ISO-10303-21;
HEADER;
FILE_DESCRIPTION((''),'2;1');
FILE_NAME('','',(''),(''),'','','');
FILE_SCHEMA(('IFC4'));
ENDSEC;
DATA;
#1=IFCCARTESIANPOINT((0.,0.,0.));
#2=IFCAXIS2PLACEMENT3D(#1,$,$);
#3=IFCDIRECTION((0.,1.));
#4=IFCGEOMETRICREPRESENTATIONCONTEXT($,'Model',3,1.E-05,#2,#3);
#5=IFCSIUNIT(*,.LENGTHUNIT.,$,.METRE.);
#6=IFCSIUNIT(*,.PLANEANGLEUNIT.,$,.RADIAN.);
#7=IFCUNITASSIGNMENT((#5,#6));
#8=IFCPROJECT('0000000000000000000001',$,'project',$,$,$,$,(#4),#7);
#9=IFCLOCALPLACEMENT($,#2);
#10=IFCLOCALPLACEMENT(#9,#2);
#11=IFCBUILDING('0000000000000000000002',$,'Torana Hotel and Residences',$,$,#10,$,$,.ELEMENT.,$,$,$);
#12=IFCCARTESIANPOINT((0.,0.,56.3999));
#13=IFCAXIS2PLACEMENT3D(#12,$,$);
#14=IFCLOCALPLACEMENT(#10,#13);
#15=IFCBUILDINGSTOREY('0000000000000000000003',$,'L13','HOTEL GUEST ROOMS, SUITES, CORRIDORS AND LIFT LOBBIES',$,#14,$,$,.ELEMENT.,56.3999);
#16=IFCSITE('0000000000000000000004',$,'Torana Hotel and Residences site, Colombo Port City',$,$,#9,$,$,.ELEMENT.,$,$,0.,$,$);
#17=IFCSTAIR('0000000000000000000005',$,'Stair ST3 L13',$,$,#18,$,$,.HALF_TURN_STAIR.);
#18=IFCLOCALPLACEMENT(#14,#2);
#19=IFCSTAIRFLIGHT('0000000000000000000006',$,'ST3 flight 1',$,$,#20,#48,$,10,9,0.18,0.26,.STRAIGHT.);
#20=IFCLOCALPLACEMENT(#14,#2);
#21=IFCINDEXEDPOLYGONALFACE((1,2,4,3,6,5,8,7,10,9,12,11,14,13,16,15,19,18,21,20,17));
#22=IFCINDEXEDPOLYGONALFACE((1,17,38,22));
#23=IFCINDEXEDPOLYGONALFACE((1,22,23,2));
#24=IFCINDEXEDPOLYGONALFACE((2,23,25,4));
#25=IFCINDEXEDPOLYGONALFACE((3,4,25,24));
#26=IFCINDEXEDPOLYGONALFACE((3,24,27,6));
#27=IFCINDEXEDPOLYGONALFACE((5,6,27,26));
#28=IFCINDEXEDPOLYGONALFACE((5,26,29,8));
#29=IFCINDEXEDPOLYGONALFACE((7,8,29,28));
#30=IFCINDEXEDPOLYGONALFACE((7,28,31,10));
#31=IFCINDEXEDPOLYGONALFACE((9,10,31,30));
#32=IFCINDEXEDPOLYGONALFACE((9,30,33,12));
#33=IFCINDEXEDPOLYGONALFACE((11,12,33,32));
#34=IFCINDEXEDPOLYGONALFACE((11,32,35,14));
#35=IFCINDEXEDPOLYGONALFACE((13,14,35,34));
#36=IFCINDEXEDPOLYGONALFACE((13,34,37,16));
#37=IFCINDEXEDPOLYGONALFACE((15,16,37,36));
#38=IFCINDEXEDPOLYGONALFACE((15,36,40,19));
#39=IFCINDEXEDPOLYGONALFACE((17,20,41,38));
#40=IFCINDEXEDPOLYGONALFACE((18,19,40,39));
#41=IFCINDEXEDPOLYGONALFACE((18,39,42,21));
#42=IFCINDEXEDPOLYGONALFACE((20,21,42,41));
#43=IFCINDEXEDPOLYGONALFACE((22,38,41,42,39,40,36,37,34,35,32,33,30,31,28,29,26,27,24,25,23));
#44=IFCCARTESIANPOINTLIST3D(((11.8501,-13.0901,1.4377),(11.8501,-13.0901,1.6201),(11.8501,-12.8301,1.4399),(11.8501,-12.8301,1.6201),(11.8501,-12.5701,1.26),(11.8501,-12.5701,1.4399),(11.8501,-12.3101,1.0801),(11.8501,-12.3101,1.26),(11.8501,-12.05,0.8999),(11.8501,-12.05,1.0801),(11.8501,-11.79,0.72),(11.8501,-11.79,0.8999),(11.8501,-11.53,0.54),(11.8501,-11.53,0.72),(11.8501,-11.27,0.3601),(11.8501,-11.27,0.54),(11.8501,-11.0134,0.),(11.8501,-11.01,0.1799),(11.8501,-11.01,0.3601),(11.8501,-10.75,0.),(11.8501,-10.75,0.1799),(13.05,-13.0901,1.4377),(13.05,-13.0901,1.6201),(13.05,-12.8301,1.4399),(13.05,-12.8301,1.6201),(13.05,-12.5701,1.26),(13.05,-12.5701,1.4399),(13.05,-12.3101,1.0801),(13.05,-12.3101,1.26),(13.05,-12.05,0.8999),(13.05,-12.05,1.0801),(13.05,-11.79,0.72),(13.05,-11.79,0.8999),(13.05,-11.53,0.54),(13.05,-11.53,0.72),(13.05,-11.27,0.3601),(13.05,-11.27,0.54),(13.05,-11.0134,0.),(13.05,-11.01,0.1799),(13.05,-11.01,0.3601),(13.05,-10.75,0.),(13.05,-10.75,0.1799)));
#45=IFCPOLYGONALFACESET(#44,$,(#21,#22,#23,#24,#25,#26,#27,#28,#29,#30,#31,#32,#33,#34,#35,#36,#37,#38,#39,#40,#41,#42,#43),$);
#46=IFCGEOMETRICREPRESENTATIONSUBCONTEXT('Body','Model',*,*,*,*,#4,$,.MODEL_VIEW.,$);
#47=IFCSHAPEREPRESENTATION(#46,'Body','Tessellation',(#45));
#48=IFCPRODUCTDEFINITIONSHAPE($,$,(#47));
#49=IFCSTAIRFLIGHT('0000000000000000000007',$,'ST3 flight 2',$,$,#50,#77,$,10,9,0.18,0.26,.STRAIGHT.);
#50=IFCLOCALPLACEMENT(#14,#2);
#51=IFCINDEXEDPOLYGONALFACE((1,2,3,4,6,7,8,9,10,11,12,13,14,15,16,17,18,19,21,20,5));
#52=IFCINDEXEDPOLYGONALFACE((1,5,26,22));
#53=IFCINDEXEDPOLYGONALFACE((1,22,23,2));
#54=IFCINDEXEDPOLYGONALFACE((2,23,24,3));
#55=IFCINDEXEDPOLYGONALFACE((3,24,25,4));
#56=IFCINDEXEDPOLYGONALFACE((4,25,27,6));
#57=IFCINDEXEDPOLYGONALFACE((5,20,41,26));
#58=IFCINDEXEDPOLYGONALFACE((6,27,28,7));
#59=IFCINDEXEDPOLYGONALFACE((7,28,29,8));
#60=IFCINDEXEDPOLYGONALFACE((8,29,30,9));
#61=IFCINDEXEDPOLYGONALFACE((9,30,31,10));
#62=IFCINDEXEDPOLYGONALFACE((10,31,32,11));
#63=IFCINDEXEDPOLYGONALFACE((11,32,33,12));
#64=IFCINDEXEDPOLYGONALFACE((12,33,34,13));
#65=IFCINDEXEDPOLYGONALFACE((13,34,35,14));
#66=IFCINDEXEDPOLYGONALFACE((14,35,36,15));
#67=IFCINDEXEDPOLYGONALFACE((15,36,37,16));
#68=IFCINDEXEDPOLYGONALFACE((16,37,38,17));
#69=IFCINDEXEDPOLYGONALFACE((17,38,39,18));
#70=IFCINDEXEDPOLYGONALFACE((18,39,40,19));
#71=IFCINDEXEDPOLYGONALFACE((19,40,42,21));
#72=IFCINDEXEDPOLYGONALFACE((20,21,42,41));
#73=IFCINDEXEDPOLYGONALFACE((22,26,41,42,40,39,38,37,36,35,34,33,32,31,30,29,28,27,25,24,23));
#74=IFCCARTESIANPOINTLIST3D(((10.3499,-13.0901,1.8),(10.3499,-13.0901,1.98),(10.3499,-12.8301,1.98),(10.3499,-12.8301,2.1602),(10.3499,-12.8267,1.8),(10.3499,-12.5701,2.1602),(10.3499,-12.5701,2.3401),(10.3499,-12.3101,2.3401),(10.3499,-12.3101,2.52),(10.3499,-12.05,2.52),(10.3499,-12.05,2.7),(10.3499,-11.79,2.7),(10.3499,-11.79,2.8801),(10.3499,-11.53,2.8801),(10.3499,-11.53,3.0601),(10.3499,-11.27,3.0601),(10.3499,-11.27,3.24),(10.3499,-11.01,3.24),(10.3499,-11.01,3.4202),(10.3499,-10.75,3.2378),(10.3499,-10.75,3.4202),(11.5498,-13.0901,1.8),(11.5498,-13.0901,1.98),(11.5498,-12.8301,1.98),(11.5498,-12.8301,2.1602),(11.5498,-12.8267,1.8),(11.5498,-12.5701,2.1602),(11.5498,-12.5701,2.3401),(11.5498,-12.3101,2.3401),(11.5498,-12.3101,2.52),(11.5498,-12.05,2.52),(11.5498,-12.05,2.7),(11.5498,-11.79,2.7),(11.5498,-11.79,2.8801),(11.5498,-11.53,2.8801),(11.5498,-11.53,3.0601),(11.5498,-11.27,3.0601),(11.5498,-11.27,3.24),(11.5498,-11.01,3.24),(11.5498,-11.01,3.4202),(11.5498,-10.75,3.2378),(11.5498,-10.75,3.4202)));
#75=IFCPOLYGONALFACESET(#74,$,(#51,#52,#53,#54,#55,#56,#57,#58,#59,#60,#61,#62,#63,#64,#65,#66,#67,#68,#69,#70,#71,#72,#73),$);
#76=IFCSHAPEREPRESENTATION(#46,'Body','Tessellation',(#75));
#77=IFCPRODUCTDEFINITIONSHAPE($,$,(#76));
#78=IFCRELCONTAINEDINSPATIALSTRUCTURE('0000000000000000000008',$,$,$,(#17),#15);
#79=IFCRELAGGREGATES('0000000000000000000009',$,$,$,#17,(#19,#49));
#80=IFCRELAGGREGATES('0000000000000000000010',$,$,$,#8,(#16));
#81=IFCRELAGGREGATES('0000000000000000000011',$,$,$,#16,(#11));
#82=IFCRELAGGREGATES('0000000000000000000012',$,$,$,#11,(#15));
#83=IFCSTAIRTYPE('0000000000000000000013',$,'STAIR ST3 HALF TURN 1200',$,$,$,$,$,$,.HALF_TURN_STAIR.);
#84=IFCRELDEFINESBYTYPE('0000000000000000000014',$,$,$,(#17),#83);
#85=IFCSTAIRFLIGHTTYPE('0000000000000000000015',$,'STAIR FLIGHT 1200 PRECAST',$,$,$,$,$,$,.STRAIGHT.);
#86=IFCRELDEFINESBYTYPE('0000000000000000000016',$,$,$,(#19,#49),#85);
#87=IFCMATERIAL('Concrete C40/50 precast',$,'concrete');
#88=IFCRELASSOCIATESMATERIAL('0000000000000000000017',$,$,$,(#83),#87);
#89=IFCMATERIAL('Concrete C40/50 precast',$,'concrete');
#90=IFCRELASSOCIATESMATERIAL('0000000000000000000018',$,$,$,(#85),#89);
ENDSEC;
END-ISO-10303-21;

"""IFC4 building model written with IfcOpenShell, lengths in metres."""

from ifc_helpers import new_model, si_unit, direction, frame, origin, place, context, subcontext, project, spatial, polyline, outline, extrude, material, type_object, element, aggregate, save


model = new_model("IFC4")

# Units and contexts
model_context = context("Model", 3, precision=1e-05, world=origin(), true_north=direction((0.0, 1.0)))
body_context = subcontext(model_context, "Body", "Model", "MODEL_VIEW")
ifc_project = project(units=[si_unit("LENGTHUNIT", "METRE"), si_unit("PLANEANGLEUNIT", "RADIAN")], contexts=[model_context])

# Site, building, storey
site_placement = place(None, origin())
site = spatial("IfcSite", under=ifc_project, at=site_placement, Name="Torana Hotel and Residences site, Colombo Port City", CompositionType="ELEMENT", RefElevation=0.0)
building_placement = place(site_placement, origin())
building = spatial("IfcBuilding", under=site, at=building_placement, Name="Torana Hotel and Residences", CompositionType="ELEMENT")
storey_placement = place(building_placement, frame((0.0, 0.0, 56.3999)))
storey = spatial("IfcBuildingStorey", under=building, at=storey_placement, Name="L13", Description="HOTEL GUEST ROOMS, SUITES, CORRIDORS AND LIFT LOBBIES", CompositionType="ELEMENT", Elevation=56.3999)

# Stair, stair flights
ifc_material_1 = material(Name="Concrete C40/50 precast", Category="concrete")
stair_type = type_object("IfcStairType", Name="STAIR ST3 HALF TURN 1200", PredefinedType="HALF_TURN_STAIR", material=ifc_material_1)
stair_placement = place(storey_placement, origin())
stair = element("IfcStair", 1, at=stair_placement, inside=storey, type_object=stair_type, Name="Stair ST3 L13", PredefinedType="HALF_TURN_STAIR")
ifc_material_2 = material(Name="Concrete C40/50 precast", Category="concrete")
stair_flight_type = type_object("IfcStairFlightType", Name="STAIR FLIGHT 1200 PRECAST", PredefinedType="STRAIGHT", material=ifc_material_2)
stair_flight_1_placement = place(storey_placement, frame((12.45, -10.75, 0.0), z_axis=(0.0, 0.0, 1.0), x_axis=(0.0, -1.0, 0.0)))
stair_flight_1 = element("IfcStairFlight", 2, at=stair_flight_1_placement, type_object=stair_flight_type, Name="ST3 flight 1", NumberOfRisers=10, NumberOfTreads=9, PredefinedType="STRAIGHT", RiserHeight=0.18, TreadLength=0.26, context=body_context, shape_type="SweptSolid", body=[
    extrude(outline(polyline([(0.0, 0.0), (0.0, 0.1799), (0.26, 0.1799), (0.26, 0.3601), (0.52, 0.3601), (0.52, 0.54), (0.78, 0.54), (0.78, 0.72), (1.04, 0.72), (1.04, 0.8999), (1.3, 0.8999), (1.3, 1.0801), (1.5601, 1.0801), (1.5601, 1.26), (1.8201, 1.26), (1.8201, 1.4399), (2.0801, 1.4399), (2.0801, 1.6201), (2.3401, 1.6201), (2.3401, 1.8), (2.3401, 1.4377), (0.2634, 0.0), (0.0, 0.0)])), frame((0.0, 0.6001, 0.0), z_axis=(0.0, -1.0, 0.0), x_axis=(1.0, 0.0, 0.0)), (0.0, 0.0, 1.0), 1.2),
])
stair_flight_2_placement = place(storey_placement, frame((10.95, -13.0901, 1.8), z_axis=(0.0, 0.0, 1.0), x_axis=(0.0, 1.0, 0.0)))
stair_flight_2 = element("IfcStairFlight", 3, at=stair_flight_2_placement, type_object=stair_flight_type, Name="ST3 flight 2", NumberOfRisers=10, NumberOfTreads=9, PredefinedType="STRAIGHT", RiserHeight=0.18, TreadLength=0.26, context=body_context, shape_type="SweptSolid", body=[
    extrude(outline(polyline([(0.0, 0.0), (0.0, 0.1799), (0.26, 0.1799), (0.26, 0.3601), (0.52, 0.3601), (0.52, 0.54), (0.78, 0.54), (0.78, 0.72), (1.04, 0.72), (1.04, 0.8999), (1.3, 0.8999), (1.3, 1.0801), (1.5601, 1.0801), (1.5601, 1.26), (1.8201, 1.26), (1.8201, 1.4399), (2.0801, 1.4399), (2.0801, 1.6201), (2.3401, 1.6201), (2.3401, 1.8), (2.3401, 1.4377), (0.2634, 0.0), (0.0, 0.0)])), frame((0.0, 0.6001, 0.0), z_axis=(0.0, -1.0, 0.0), x_axis=(1.0, 0.0, 0.0)), (0.0, 0.0, 1.0), 1.2),
])
aggregate(stair, [stair_flight_1, stair_flight_2])

save(model, "model.ifc")
